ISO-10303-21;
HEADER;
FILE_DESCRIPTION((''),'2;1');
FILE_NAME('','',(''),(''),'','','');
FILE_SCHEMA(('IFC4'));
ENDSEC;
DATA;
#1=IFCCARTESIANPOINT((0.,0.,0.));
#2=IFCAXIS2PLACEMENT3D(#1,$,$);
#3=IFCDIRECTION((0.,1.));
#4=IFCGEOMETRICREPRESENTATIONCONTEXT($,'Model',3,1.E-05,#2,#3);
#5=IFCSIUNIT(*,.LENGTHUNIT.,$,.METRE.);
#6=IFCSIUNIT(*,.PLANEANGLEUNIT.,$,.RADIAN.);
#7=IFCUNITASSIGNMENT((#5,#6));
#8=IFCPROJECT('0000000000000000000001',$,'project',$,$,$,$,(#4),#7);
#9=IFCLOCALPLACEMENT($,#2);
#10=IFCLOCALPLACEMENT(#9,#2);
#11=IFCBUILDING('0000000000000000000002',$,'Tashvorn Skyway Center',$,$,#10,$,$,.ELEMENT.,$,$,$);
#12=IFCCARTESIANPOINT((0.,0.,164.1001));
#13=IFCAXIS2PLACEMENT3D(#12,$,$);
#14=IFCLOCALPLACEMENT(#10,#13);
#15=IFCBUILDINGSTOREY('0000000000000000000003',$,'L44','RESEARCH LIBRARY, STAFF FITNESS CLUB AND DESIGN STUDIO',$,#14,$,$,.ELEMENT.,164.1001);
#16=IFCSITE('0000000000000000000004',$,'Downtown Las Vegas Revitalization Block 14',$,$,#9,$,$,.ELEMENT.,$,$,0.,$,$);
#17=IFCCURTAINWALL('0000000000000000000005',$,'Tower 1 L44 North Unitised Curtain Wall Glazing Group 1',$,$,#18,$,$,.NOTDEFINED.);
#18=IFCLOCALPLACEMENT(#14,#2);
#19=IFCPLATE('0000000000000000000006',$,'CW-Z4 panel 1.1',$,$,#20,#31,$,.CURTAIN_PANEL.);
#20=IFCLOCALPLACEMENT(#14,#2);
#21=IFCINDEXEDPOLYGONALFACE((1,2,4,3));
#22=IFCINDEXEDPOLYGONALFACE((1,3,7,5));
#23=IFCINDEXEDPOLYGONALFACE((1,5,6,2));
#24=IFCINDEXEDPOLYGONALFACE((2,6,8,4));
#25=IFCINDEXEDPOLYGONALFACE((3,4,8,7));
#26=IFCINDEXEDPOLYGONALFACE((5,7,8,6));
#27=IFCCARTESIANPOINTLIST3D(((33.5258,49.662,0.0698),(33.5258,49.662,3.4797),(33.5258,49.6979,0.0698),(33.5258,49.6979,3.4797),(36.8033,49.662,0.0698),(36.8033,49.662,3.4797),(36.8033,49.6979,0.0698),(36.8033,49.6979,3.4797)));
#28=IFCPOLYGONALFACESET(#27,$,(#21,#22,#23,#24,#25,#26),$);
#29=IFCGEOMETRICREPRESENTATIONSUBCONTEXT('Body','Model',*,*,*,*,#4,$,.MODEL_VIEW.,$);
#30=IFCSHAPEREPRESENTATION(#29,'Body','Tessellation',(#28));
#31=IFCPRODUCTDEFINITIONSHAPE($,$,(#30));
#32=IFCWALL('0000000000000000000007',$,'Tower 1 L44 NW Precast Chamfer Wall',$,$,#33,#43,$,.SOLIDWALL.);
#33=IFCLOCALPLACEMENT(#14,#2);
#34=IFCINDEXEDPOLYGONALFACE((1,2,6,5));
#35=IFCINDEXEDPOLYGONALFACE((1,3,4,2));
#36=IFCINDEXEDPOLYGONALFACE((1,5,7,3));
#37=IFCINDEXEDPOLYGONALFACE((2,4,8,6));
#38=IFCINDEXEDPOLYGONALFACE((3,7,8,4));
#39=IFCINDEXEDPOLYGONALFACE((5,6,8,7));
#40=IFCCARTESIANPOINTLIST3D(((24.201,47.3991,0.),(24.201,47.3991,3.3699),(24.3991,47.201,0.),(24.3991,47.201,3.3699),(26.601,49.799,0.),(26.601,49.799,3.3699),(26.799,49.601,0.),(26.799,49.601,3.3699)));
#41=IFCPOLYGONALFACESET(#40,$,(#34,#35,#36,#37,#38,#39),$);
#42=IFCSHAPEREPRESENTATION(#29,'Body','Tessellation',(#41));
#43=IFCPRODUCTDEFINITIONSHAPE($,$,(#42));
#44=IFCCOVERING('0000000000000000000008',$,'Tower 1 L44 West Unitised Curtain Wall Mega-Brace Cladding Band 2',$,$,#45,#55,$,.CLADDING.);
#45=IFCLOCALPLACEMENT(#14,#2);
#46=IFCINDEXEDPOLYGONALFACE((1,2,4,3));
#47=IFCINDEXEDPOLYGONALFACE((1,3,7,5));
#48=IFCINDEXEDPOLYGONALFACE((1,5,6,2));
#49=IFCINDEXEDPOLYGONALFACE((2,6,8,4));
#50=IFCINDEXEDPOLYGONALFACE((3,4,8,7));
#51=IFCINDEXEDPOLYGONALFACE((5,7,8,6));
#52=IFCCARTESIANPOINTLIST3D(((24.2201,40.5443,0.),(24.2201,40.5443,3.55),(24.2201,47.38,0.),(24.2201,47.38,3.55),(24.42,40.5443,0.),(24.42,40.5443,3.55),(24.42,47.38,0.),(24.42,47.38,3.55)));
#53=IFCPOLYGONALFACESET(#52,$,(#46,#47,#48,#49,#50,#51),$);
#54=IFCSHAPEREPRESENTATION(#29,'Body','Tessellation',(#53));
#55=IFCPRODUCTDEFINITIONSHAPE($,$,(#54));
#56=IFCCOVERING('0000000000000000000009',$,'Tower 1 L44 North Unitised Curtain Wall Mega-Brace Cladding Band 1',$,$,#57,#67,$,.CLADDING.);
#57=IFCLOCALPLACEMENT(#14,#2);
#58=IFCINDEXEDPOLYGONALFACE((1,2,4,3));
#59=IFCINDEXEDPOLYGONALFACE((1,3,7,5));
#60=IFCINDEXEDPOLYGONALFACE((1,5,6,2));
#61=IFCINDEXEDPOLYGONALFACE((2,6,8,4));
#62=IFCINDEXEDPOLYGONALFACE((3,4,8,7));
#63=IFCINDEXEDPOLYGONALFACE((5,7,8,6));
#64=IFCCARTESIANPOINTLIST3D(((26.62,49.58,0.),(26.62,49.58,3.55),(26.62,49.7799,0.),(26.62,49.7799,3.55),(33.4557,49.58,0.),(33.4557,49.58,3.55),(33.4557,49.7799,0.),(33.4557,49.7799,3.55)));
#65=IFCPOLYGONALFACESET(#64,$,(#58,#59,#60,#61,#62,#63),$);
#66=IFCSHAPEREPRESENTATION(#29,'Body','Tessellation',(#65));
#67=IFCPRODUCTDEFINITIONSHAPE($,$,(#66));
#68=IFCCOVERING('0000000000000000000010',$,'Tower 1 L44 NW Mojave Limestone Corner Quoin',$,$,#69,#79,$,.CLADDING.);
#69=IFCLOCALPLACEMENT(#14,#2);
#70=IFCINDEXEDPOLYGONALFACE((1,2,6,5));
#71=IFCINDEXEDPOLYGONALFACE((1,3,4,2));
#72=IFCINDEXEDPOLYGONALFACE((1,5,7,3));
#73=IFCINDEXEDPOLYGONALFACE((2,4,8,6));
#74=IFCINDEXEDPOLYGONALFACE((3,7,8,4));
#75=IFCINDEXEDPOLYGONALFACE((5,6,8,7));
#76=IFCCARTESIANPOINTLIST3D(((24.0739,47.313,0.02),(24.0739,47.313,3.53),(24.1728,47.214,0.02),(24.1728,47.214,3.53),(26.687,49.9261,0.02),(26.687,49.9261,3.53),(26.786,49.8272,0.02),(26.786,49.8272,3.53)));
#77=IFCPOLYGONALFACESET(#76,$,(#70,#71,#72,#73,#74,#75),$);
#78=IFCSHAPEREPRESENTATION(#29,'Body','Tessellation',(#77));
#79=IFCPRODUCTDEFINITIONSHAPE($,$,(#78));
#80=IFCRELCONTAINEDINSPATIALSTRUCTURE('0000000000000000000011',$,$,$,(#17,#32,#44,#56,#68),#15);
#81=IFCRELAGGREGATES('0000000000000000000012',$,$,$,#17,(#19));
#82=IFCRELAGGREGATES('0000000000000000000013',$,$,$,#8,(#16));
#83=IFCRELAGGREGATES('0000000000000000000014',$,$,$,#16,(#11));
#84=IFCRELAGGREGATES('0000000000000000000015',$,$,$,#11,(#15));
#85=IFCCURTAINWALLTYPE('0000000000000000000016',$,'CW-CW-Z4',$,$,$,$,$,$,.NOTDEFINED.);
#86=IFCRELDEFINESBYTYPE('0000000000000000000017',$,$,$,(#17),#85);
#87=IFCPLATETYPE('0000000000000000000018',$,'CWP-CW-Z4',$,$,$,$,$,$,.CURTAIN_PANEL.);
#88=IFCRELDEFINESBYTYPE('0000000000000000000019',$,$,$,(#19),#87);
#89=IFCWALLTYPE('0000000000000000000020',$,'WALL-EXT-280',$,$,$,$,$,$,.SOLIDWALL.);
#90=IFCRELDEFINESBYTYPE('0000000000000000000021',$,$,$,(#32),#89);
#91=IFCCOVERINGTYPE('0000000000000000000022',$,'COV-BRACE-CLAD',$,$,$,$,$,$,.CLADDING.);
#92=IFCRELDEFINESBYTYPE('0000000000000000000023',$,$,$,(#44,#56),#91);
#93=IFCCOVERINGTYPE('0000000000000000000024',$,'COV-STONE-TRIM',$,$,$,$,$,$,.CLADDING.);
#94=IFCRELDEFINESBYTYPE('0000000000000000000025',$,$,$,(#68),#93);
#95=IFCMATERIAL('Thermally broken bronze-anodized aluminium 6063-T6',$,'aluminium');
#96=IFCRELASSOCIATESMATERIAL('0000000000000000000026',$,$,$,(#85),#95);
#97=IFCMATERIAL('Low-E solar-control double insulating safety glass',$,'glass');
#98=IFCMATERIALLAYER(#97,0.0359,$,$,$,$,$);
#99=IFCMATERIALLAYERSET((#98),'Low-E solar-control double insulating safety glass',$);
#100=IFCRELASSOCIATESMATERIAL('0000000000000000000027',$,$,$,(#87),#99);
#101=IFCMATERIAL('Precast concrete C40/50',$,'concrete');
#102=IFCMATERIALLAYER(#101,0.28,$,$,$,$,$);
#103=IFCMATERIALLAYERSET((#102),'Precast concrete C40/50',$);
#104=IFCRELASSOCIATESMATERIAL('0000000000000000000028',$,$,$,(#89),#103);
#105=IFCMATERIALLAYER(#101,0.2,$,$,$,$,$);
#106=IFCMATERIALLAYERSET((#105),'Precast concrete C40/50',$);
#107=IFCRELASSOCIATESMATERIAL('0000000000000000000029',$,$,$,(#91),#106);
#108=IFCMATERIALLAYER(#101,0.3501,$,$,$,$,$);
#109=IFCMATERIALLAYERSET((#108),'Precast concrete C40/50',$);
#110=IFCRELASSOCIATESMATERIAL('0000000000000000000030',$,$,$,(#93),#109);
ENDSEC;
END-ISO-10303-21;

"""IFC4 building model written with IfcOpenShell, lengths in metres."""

from ifc_helpers import new_model, si_unit, direction, frame, frame_2d, origin, origin_2d, place, context, subcontext, project, spatial, rectangle, extrude, material, layer, layer_set, type_object, element, aggregate, save


model = new_model("IFC4")

# Units and contexts
model_context = context("Model", 3, precision=1e-05, world=origin(), true_north=direction((0.0, 1.0)))
body_context = subcontext(model_context, "Body", "Model", "MODEL_VIEW")
ifc_project = project(units=[si_unit("LENGTHUNIT", "METRE"), si_unit("PLANEANGLEUNIT", "RADIAN")], contexts=[model_context])

# Site, building, storey
site_placement = place(None, origin())
site = spatial("IfcSite", under=ifc_project, at=site_placement, Name="Downtown Las Vegas Revitalization Block 14", CompositionType="ELEMENT", RefElevation=0.0)
building_placement = place(site_placement, origin())
building = spatial("IfcBuilding", under=site, at=building_placement, Name="Tashvorn Skyway Center", CompositionType="ELEMENT")
storey_placement = place(building_placement, frame((0.0, 0.0, 164.1001)))
storey = spatial("IfcBuildingStorey", under=building, at=storey_placement, Name="L44", Description="RESEARCH LIBRARY, STAFF FITNESS CLUB AND DESIGN STUDIO", CompositionType="ELEMENT", Elevation=164.1001)

# Curtain wall, plate
ifc_material_1 = material(Name="Thermally broken bronze-anodized aluminium 6063-T6", Category="aluminium")
curtain_wall_type = type_object("IfcCurtainWallType", Name="CW-CW-Z4", PredefinedType="NOTDEFINED", material=ifc_material_1)
curtain_wall_placement = place(storey_placement, origin())
curtain_wall = element("IfcCurtainWall", 1, at=curtain_wall_placement, inside=storey, type_object=curtain_wall_type, Name="Tower 1 L44 North Unitised Curtain Wall Glazing Group 1", PredefinedType="NOTDEFINED")
ifc_material_2 = material(Name="Low-E solar-control double insulating safety glass", Category="glass")
ifc_layer_1 = layer(ifc_material_2, 0.0359)
ifc_layer_set_1 = layer_set([ifc_layer_1], Name="Low-E solar-control double insulating safety glass")
plate_type = type_object("IfcPlateType", Name="CWP-CW-Z4", PredefinedType="CURTAIN_PANEL", material=ifc_layer_set_1)
plate_placement = place(storey_placement, frame((35.1646, 49.6799, 0.0698), z_axis=(0.0, 0.0, 1.0), x_axis=(1.0, 0.0, 0.0)))
plate = element("IfcPlate", 2, at=plate_placement, type_object=plate_type, Name="CW-Z4 panel 1.1", PredefinedType="CURTAIN_PANEL", context=body_context, shape_type="SweptSolid", body=[
    extrude(rectangle(XDim=3.2776, YDim=0.0359, at=origin_2d()), origin(), (0.0, 0.0, 1.0), 3.4099),
])
aggregate(curtain_wall, [plate])

# Wall
ifc_material_3 = material(Name="Precast concrete C40/50", Category="concrete")
ifc_layer_2 = layer(ifc_material_3, 0.28)
ifc_layer_set_2 = layer_set([ifc_layer_2], Name="Precast concrete C40/50")
wall_type = type_object("IfcWallType", Name="WALL-EXT-280", PredefinedType="SOLIDWALL", material=ifc_layer_set_2)
wall_placement = place(storey_placement, frame((24.3, 47.3, 0.0), z_axis=(0.0, 0.0, 1.0), x_axis=(0.707107, 0.707107, 0.0)))
element("IfcWall", 3, at=wall_placement, inside=storey, type_object=wall_type, Name="Tower 1 L44 NW Precast Chamfer Wall", PredefinedType="SOLIDWALL", context=body_context, shape_type="SweptSolid", body=[
    extrude(rectangle(XDim=3.394, YDim=0.28, at=frame_2d((1.697, 0.0))), origin(), (0.0, 0.0, 1.0), 3.3699),
])

# Coverings
ifc_layer_3 = layer(ifc_material_3, 0.2)
ifc_layer_set_3 = layer_set([ifc_layer_3], Name="Precast concrete C40/50")
covering_type_1 = type_object("IfcCoveringType", Name="COV-BRACE-CLAD", PredefinedType="CLADDING", material=ifc_layer_set_3)
for number, where, z_axis, x_axis, name in (
    (4, (24.3201, 43.9622, 0.0), (0.0, 0.0, 1.0), (0.0, 1.0, 0.0), "Tower 1 L44 West Unitised Curtain Wall Mega-Brace Cladding Band 2"),
    (5, (30.0378, 49.6799, 0.0), (0.0, 0.0, 1.0), (1.0, 0.0, 0.0), "Tower 1 L44 North Unitised Curtain Wall Mega-Brace Cladding Band 1"),
):
    element("IfcCovering", number, at=place(storey_placement, frame(where, z_axis=z_axis, x_axis=x_axis)), inside=storey, type_object=covering_type_1, Name=name, PredefinedType="CLADDING", context=body_context, shape_type="SweptSolid", body=[
        extrude(rectangle(XDim=6.8357, YDim=0.2, at=origin_2d()), origin(), (0.0, 0.0, 1.0), 3.55),
    ])
ifc_layer_4 = layer(ifc_material_3, 0.3501)
ifc_layer_set_4 = layer_set([ifc_layer_4], Name="Precast concrete C40/50")
covering_type_2 = type_object("IfcCoveringType", Name="COV-STONE-TRIM", PredefinedType="CLADDING", material=ifc_layer_set_4)
covering_placement = place(storey_placement, frame((25.4299, 48.5701, 0.02), z_axis=(0.0, 0.0, 1.0), x_axis=(-0.707107, -0.707107, 0.0)))
element("IfcCovering", 6, at=covering_placement, inside=storey, type_object=covering_type_2, Name="Tower 1 L44 NW Mojave Limestone Corner Quoin", PredefinedType="CLADDING", context=body_context, shape_type="SweptSolid", body=[
    extrude(rectangle(XDim=3.6956, YDim=0.1399, at=origin_2d()), origin(), (0.0, 0.0, 1.0), 3.51),
])

save(model, "model.ifc")
